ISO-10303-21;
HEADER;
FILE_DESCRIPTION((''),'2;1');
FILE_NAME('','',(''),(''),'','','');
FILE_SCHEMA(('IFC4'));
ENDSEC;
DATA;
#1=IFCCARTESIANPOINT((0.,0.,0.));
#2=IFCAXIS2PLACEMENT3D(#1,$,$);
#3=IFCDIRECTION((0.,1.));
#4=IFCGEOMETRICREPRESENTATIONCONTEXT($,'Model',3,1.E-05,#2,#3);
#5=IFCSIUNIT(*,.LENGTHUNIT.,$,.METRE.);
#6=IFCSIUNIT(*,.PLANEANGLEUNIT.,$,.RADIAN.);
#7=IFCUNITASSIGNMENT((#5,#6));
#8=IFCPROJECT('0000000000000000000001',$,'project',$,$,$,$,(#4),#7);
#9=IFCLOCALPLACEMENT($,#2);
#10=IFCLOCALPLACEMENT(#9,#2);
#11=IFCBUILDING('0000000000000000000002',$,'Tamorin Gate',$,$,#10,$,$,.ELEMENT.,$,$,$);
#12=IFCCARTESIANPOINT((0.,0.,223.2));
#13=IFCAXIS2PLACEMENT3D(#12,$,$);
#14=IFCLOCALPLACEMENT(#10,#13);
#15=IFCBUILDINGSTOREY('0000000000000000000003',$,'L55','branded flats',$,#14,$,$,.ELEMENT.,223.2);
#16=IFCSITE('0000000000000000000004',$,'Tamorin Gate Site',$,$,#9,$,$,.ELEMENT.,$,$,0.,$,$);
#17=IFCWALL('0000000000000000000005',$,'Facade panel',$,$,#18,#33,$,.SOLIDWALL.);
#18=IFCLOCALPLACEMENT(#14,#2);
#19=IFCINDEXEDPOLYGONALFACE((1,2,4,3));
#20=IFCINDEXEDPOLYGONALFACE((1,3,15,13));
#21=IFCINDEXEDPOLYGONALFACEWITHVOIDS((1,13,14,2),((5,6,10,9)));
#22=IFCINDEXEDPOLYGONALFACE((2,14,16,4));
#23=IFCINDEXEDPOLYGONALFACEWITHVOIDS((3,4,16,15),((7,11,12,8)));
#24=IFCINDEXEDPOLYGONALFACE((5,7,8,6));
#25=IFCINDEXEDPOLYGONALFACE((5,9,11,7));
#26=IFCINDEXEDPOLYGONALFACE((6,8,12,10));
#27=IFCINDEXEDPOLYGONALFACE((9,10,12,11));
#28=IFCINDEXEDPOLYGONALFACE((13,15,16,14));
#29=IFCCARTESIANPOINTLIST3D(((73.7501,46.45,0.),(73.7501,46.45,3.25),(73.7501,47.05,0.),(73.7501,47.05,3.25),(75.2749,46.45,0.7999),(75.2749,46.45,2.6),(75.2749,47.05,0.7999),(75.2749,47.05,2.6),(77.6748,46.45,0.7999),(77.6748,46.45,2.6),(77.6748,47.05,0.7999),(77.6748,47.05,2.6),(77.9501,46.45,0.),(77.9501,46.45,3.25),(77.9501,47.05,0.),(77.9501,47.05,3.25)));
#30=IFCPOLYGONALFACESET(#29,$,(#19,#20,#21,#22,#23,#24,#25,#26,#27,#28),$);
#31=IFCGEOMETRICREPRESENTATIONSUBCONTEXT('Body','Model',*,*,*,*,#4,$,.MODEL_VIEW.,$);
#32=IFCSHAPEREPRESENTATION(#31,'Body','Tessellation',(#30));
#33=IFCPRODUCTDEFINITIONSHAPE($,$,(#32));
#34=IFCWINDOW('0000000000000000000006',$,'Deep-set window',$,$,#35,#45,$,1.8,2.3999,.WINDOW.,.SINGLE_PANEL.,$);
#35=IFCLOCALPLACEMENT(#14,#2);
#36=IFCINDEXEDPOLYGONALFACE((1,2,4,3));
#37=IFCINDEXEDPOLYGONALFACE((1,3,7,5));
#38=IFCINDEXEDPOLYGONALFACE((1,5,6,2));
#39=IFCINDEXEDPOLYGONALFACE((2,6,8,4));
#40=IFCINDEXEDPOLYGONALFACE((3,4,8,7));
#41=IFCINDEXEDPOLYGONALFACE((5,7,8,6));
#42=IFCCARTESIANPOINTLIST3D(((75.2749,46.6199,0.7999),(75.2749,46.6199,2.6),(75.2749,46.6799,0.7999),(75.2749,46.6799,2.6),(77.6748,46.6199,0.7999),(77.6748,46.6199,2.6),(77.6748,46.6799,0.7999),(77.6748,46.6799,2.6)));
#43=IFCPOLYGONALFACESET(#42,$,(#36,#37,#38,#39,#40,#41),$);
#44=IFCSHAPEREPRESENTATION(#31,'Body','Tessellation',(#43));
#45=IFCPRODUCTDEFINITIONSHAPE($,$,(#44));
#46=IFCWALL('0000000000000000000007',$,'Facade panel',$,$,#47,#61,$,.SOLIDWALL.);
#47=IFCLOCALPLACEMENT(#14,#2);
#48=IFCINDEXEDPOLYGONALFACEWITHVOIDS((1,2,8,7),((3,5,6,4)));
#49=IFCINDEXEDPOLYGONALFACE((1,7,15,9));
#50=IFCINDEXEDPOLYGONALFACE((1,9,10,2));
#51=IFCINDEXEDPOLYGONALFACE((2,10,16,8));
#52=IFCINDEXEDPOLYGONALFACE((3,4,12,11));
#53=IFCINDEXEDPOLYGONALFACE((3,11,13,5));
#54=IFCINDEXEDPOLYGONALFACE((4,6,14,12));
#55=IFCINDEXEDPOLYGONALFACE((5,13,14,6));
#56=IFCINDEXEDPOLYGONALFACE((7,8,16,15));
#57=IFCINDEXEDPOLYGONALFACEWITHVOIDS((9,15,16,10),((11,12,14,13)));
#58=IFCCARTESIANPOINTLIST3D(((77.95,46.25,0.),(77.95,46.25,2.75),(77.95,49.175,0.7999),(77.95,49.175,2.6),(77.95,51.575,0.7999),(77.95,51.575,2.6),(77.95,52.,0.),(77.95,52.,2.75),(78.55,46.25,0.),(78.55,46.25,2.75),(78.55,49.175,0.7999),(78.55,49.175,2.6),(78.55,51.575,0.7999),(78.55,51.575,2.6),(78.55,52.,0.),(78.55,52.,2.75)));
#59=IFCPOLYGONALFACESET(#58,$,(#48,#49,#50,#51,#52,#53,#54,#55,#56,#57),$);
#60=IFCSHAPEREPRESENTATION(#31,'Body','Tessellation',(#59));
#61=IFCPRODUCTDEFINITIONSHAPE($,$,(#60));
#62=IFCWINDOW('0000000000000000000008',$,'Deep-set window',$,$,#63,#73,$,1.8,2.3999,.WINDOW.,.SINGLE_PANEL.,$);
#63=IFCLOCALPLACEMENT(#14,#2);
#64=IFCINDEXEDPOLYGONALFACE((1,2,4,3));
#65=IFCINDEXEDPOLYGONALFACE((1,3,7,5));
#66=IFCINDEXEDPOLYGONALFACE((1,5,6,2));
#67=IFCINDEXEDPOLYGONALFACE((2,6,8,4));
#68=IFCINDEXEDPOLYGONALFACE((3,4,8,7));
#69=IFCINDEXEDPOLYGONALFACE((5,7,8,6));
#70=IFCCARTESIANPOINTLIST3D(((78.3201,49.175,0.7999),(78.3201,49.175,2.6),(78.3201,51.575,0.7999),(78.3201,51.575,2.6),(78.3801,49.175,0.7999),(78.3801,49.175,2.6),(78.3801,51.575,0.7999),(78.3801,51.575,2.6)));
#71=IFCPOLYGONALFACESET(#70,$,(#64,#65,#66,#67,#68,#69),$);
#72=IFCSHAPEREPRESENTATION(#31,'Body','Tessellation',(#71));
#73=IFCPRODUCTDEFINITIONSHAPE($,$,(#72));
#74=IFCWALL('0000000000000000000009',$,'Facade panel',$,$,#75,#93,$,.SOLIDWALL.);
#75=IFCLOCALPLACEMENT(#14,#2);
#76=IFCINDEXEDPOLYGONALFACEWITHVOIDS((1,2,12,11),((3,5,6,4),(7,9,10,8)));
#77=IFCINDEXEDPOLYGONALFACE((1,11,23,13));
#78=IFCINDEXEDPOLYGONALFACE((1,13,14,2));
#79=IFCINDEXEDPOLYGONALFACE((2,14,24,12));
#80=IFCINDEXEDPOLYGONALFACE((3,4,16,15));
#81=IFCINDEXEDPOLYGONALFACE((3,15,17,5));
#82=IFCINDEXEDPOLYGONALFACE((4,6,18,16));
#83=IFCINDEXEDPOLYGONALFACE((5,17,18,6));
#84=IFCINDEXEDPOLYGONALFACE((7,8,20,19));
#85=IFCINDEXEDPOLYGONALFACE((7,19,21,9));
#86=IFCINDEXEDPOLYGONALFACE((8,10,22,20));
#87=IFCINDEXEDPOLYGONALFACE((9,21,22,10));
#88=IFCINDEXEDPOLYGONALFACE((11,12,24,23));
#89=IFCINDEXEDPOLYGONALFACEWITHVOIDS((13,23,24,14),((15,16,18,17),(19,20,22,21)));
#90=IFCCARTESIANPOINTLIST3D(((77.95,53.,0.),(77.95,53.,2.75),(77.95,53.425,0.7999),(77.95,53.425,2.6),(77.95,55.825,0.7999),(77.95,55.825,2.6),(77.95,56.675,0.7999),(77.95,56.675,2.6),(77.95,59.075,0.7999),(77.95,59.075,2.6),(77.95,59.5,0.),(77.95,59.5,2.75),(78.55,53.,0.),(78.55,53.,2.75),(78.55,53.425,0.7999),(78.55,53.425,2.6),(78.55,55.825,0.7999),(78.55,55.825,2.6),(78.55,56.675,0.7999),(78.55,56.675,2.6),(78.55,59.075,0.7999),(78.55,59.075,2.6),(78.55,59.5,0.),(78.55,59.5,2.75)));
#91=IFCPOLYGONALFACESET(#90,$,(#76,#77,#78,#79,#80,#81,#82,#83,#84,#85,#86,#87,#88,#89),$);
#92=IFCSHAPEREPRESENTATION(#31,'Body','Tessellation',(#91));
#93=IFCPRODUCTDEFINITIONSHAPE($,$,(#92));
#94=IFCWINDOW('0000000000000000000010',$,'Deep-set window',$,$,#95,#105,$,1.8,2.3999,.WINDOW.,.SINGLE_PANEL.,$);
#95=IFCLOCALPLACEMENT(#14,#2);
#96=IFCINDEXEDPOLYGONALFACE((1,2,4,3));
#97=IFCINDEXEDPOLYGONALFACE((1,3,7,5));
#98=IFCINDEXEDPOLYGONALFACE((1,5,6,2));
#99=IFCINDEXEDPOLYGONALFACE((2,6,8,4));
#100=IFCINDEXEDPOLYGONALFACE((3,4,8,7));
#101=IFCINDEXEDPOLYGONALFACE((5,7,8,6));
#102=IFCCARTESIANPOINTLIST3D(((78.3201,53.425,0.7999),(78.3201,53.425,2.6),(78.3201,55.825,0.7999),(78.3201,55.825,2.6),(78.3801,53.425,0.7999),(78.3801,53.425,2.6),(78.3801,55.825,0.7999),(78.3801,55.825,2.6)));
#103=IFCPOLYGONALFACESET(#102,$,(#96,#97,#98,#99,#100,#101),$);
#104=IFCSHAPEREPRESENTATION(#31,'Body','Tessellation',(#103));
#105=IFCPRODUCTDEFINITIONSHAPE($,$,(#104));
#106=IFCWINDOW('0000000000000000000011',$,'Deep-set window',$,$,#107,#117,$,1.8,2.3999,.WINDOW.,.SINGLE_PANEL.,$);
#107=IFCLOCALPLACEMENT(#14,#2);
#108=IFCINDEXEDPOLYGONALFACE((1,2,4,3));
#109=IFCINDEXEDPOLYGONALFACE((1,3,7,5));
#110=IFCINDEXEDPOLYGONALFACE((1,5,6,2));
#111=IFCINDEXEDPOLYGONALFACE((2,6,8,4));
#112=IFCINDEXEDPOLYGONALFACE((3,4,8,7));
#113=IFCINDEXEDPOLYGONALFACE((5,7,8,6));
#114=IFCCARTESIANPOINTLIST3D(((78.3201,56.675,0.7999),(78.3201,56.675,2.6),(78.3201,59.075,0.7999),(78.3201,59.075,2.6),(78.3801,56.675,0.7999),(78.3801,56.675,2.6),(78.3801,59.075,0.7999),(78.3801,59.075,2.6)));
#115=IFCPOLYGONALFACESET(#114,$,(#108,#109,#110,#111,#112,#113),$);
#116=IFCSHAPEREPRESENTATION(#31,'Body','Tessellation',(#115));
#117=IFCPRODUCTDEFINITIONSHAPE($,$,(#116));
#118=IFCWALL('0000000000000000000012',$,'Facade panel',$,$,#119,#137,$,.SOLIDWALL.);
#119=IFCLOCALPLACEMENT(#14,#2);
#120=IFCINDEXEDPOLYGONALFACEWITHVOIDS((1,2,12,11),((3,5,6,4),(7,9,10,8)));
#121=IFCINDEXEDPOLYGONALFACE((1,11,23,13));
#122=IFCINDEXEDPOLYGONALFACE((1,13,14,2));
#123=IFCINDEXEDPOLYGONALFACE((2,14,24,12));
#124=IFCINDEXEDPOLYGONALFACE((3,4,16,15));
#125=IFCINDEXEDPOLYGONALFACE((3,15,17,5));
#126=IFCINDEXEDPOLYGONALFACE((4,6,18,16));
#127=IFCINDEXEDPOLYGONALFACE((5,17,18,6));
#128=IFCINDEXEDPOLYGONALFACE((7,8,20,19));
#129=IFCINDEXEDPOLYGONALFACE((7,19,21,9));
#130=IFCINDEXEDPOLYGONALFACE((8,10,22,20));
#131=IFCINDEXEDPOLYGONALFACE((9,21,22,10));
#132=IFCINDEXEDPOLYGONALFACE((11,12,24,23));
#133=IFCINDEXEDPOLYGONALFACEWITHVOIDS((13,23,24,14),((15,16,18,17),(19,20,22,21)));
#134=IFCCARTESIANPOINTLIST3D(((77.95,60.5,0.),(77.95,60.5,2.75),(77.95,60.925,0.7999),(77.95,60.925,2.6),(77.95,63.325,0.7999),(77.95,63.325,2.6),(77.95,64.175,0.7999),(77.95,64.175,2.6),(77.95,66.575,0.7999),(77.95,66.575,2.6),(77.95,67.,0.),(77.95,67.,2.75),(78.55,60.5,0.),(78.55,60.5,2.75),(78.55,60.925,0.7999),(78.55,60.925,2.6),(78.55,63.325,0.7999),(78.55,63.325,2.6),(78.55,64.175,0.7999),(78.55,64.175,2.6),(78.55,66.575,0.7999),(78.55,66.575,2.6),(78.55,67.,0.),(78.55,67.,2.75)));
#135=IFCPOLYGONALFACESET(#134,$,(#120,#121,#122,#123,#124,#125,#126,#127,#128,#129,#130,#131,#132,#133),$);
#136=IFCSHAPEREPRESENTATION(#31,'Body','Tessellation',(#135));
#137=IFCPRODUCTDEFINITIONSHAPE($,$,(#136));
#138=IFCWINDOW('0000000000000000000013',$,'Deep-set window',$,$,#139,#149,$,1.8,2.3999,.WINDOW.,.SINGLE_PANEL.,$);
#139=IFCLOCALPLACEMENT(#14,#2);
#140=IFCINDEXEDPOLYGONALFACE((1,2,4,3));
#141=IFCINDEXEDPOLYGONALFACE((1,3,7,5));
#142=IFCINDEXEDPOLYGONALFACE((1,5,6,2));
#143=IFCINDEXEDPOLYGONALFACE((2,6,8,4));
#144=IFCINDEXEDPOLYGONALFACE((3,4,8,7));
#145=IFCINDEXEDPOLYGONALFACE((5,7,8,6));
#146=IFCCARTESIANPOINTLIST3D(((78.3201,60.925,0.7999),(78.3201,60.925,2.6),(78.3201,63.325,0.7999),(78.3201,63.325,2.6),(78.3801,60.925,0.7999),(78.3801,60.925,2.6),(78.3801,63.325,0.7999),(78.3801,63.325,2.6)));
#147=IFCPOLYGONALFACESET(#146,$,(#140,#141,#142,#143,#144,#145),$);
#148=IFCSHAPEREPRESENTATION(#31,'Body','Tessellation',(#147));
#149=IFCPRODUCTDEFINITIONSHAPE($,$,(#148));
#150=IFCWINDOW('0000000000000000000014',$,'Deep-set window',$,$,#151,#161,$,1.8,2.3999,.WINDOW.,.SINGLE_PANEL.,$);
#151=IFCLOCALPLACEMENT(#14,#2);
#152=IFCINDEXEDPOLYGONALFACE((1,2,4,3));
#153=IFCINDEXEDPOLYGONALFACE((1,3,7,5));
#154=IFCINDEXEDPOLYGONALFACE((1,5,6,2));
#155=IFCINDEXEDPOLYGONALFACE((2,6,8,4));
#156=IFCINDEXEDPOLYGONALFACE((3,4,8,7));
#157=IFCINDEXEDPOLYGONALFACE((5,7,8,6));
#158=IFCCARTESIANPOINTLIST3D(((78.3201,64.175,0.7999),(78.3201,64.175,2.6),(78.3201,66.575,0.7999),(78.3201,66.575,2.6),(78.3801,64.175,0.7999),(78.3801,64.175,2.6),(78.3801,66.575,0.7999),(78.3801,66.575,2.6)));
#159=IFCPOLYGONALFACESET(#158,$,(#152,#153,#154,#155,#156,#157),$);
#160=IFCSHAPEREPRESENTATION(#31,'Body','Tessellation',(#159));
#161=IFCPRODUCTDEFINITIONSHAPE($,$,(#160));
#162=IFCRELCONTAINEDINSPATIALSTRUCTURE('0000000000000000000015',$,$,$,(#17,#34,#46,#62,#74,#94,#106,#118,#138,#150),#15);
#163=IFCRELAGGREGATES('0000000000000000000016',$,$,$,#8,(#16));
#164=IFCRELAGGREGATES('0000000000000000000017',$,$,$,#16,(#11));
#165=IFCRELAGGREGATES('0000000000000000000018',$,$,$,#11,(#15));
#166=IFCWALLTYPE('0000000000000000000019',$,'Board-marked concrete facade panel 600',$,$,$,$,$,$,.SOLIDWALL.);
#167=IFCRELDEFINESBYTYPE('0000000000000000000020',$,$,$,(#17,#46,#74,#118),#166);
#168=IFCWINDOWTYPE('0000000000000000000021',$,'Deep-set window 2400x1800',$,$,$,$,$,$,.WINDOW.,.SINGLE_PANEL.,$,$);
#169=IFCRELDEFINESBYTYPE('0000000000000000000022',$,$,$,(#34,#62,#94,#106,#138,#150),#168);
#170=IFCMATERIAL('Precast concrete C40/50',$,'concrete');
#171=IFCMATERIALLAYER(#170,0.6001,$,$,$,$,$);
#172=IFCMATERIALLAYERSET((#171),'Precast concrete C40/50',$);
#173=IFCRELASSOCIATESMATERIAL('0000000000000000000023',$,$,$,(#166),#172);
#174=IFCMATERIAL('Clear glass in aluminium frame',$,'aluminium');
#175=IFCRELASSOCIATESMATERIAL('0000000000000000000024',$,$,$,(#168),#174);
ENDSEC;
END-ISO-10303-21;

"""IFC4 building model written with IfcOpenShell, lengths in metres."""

from ifc_helpers import new_model, si_unit, direction, frame, frame_2d, origin, place, context, subcontext, project, spatial, rectangle, extrude, material, layer, layer_set, type_object, element, fill, save


model = new_model("IFC4")

# Units and contexts
model_context = context("Model", 3, precision=1e-05, world=origin(), true_north=direction((0.0, 1.0)))
body_context = subcontext(model_context, "Body", "Model", "MODEL_VIEW")
ifc_project = project(units=[si_unit("LENGTHUNIT", "METRE"), si_unit("PLANEANGLEUNIT", "RADIAN")], contexts=[model_context])

# Site, building, storey
site_placement = place(None, origin())
site = spatial("IfcSite", under=ifc_project, at=site_placement, Name="Tamorin Gate Site", CompositionType="ELEMENT", RefElevation=0.0)
building_placement = place(site_placement, origin())
building = spatial("IfcBuilding", under=site, at=building_placement, Name="Tamorin Gate", CompositionType="ELEMENT")
storey_placement = place(building_placement, frame((0.0, 0.0, 223.2)))
storey = spatial("IfcBuildingStorey", under=building, at=storey_placement, Name="L55", Description="branded flats", CompositionType="ELEMENT", Elevation=223.2)

# Walls, openings, windows
ifc_material_1 = material(Name="Precast concrete C40/50", Category="concrete")
ifc_layer = layer(ifc_material_1, 0.6001)
ifc_layer_set = layer_set([ifc_layer], Name="Precast concrete C40/50")
wall_type = type_object("IfcWallType", Name="Board-marked concrete facade panel 600", PredefinedType="SOLIDWALL", material=ifc_layer_set)
ifc_material_2 = material(Name="Clear glass in aluminium frame", Category="aluminium")
window_type = type_object("IfcWindowType", Name="Deep-set window 2400x1800", PartitioningType="SINGLE_PANEL", PredefinedType="WINDOW", material=ifc_material_2)
wall_1_placement = place(storey_placement, frame((73.75, 46.75, 0.0), z_axis=(0.0, 0.0, 1.0), x_axis=(1.0, 0.0, 0.0)))
wall_1 = element("IfcWall", 1, at=wall_1_placement, inside=storey, type_object=wall_type, Name="Facade panel", PredefinedType="SOLIDWALL", context=body_context, shape_type="SweptSolid", body=[
    extrude(rectangle(XDim=4.2, YDim=0.6001, at=frame_2d((2.1001, 0.0))), origin(), (0.0, 0.0, 1.0), 3.25),
])
opening_1_placement = place(wall_1_placement, frame((1.5249, 0.0, 0.8)))
opening_1 = element("IfcOpeningElement", 2, at=opening_1_placement, cuts=wall_1, PredefinedType="OPENING", context=body_context, shape_type="SweptSolid", body=[
    extrude(rectangle(XDim=2.3999, YDim=1.8, at=frame_2d((1.2, 0.8999))), frame((0.0, 0.3101, 0.0), z_axis=(0.0, -1.0, 0.0), x_axis=(1.0, 0.0, 0.0)), (0.0, 0.0, 1.0), 0.6201),
])
window_1_placement = place(opening_1_placement, origin())
window_1 = element("IfcWindow", 3, at=window_1_placement, inside=storey, type_object=window_type, Name="Deep-set window", OverallHeight=1.8, OverallWidth=2.3999, PartitioningType="SINGLE_PANEL", PredefinedType="WINDOW", context=body_context, shape_type="SweptSolid", body=[
    extrude(rectangle(XDim=2.3999, YDim=1.8, at=frame_2d((1.2, 0.8999))), frame((0.0, -0.0701, 0.0), z_axis=(0.0, -1.0, 0.0), x_axis=(1.0, 0.0, 0.0)), (0.0, 0.0, 1.0), 0.0601),
])
fill(opening_1, window_1)
wall_2_placement = place(storey_placement, frame((78.25, 46.25, 0.0), z_axis=(0.0, 0.0, 1.0), x_axis=(0.0, 1.0, 0.0)))
wall_2 = element("IfcWall", 4, at=wall_2_placement, inside=storey, type_object=wall_type, Name="Facade panel", PredefinedType="SOLIDWALL", context=body_context, shape_type="SweptSolid", body=[
    extrude(rectangle(XDim=5.75, YDim=0.6001, at=frame_2d((2.875, 0.0))), origin(), (0.0, 0.0, 1.0), 2.75),
])
opening_2_placement = place(wall_2_placement, frame((2.925, 0.0, 0.8)))
opening_2 = element("IfcOpeningElement", 5, at=opening_2_placement, cuts=wall_2, PredefinedType="OPENING", context=body_context, shape_type="SweptSolid", body=[
    extrude(rectangle(XDim=2.3999, YDim=1.8, at=frame_2d((1.2, 0.8999))), frame((0.0, 0.3101, 0.0), z_axis=(0.0, -1.0, 0.0), x_axis=(1.0, 0.0, 0.0)), (0.0, 0.0, 1.0), 0.6201),
])
window_2_placement = place(opening_2_placement, origin())
window_2 = element("IfcWindow", 6, at=window_2_placement, inside=storey, type_object=window_type, Name="Deep-set window", OverallHeight=1.8, OverallWidth=2.3999, PartitioningType="SINGLE_PANEL", PredefinedType="WINDOW", context=body_context, shape_type="SweptSolid", body=[
    extrude(rectangle(XDim=2.3999, YDim=1.8, at=frame_2d((1.2, 0.8999))), frame((0.0, -0.0701, 0.0), z_axis=(0.0, -1.0, 0.0), x_axis=(1.0, 0.0, 0.0)), (0.0, 0.0, 1.0), 0.0601),
])
fill(opening_2, window_2)

# Walls, openings, windows
wall_3_placement = place(storey_placement, frame((78.25, 53.0, 0.0), z_axis=(0.0, 0.0, 1.0), x_axis=(0.0, 1.0, 0.0)))
wall_3 = element("IfcWall", 7, at=wall_3_placement, inside=storey, type_object=wall_type, Name="Facade panel", PredefinedType="SOLIDWALL", context=body_context, shape_type="SweptSolid", body=[
    extrude(rectangle(XDim=6.5, YDim=0.6001, at=frame_2d((3.25, 0.0))), origin(), (0.0, 0.0, 1.0), 2.75),
])
opening_3_placement = place(wall_3_placement, frame((0.425, 0.0, 0.8)))
opening_3 = element("IfcOpeningElement", 8, at=opening_3_placement, cuts=wall_3, PredefinedType="OPENING", context=body_context, shape_type="SweptSolid", body=[
    extrude(rectangle(XDim=2.3999, YDim=1.8, at=frame_2d((1.2, 0.8999))), frame((0.0, 0.3101, 0.0), z_axis=(0.0, -1.0, 0.0), x_axis=(1.0, 0.0, 0.0)), (0.0, 0.0, 1.0), 0.6201),
])
opening_4_placement = place(wall_3_placement, frame((3.675, 0.0, 0.8)))
opening_4 = element("IfcOpeningElement", 9, at=opening_4_placement, cuts=wall_3, PredefinedType="OPENING", context=body_context, shape_type="SweptSolid", body=[
    extrude(rectangle(XDim=2.3999, YDim=1.8, at=frame_2d((1.2, 0.8999))), frame((0.0, 0.3101, 0.0), z_axis=(0.0, -1.0, 0.0), x_axis=(1.0, 0.0, 0.0)), (0.0, 0.0, 1.0), 0.6201),
])
window_3_placement = place(opening_3_placement, origin())
window_3 = element("IfcWindow", 10, at=window_3_placement, inside=storey, type_object=window_type, Name="Deep-set window", OverallHeight=1.8, OverallWidth=2.3999, PartitioningType="SINGLE_PANEL", PredefinedType="WINDOW", context=body_context, shape_type="SweptSolid", body=[
    extrude(rectangle(XDim=2.3999, YDim=1.8, at=frame_2d((1.2, 0.8999))), frame((0.0, -0.0701, 0.0), z_axis=(0.0, -1.0, 0.0), x_axis=(1.0, 0.0, 0.0)), (0.0, 0.0, 1.0), 0.0601),
])
fill(opening_3, window_3)
window_4_placement = place(opening_4_placement, origin())
window_4 = element("IfcWindow", 11, at=window_4_placement, inside=storey, type_object=window_type, Name="Deep-set window", OverallHeight=1.8, OverallWidth=2.3999, PartitioningType="SINGLE_PANEL", PredefinedType="WINDOW", context=body_context, shape_type="SweptSolid", body=[
    extrude(rectangle(XDim=2.3999, YDim=1.8, at=frame_2d((1.2, 0.8999))), frame((0.0, -0.0701, 0.0), z_axis=(0.0, -1.0, 0.0), x_axis=(1.0, 0.0, 0.0)), (0.0, 0.0, 1.0), 0.0601),
])
fill(opening_4, window_4)
wall_4_placement = place(storey_placement, frame((78.25, 60.5, 0.0), z_axis=(0.0, 0.0, 1.0), x_axis=(0.0, 1.0, 0.0)))
wall_4 = element("IfcWall", 12, at=wall_4_placement, inside=storey, type_object=wall_type, Name="Facade panel", PredefinedType="SOLIDWALL", context=body_context, shape_type="SweptSolid", body=[
    extrude(rectangle(XDim=6.5, YDim=0.6001, at=frame_2d((3.25, 0.0))), origin(), (0.0, 0.0, 1.0), 2.75),
])
opening_5_placement = place(wall_4_placement, frame((0.425, 0.0, 0.8)))
opening_5 = element("IfcOpeningElement", 13, at=opening_5_placement, cuts=wall_4, PredefinedType="OPENING", context=body_context, shape_type="SweptSolid", body=[
    extrude(rectangle(XDim=2.3999, YDim=1.8, at=frame_2d((1.2, 0.8999))), frame((0.0, 0.3101, 0.0), z_axis=(0.0, -1.0, 0.0), x_axis=(1.0, 0.0, 0.0)), (0.0, 0.0, 1.0), 0.6201),
])
opening_6_placement = place(wall_4_placement, frame((3.675, 0.0, 0.8)))
opening_6 = element("IfcOpeningElement", 14, at=opening_6_placement, cuts=wall_4, PredefinedType="OPENING", context=body_context, shape_type="SweptSolid", body=[
    extrude(rectangle(XDim=2.3999, YDim=1.8, at=frame_2d((1.2, 0.8999))), frame((0.0, 0.3101, 0.0), z_axis=(0.0, -1.0, 0.0), x_axis=(1.0, 0.0, 0.0)), (0.0, 0.0, 1.0), 0.6201),
])
window_5_placement = place(opening_5_placement, origin())
window_5 = element("IfcWindow", 15, at=window_5_placement, inside=storey, type_object=window_type, Name="Deep-set window", OverallHeight=1.8, OverallWidth=2.3999, PartitioningType="SINGLE_PANEL", PredefinedType="WINDOW", context=body_context, shape_type="SweptSolid", body=[
    extrude(rectangle(XDim=2.3999, YDim=1.8, at=frame_2d((1.2, 0.8999))), frame((0.0, -0.0701, 0.0), z_axis=(0.0, -1.0, 0.0), x_axis=(1.0, 0.0, 0.0)), (0.0, 0.0, 1.0), 0.0601),
])
fill(opening_5, window_5)
window_6_placement = place(opening_6_placement, origin())
window_6 = element("IfcWindow", 16, at=window_6_placement, inside=storey, type_object=window_type, Name="Deep-set window", OverallHeight=1.8, OverallWidth=2.3999, PartitioningType="SINGLE_PANEL", PredefinedType="WINDOW", context=body_context, shape_type="SweptSolid", body=[
    extrude(rectangle(XDim=2.3999, YDim=1.8, at=frame_2d((1.2, 0.8999))), frame((0.0, -0.0701, 0.0), z_axis=(0.0, -1.0, 0.0), x_axis=(1.0, 0.0, 0.0)), (0.0, 0.0, 1.0), 0.0601),
])
fill(opening_6, window_6)

save(model, "model.ifc")
